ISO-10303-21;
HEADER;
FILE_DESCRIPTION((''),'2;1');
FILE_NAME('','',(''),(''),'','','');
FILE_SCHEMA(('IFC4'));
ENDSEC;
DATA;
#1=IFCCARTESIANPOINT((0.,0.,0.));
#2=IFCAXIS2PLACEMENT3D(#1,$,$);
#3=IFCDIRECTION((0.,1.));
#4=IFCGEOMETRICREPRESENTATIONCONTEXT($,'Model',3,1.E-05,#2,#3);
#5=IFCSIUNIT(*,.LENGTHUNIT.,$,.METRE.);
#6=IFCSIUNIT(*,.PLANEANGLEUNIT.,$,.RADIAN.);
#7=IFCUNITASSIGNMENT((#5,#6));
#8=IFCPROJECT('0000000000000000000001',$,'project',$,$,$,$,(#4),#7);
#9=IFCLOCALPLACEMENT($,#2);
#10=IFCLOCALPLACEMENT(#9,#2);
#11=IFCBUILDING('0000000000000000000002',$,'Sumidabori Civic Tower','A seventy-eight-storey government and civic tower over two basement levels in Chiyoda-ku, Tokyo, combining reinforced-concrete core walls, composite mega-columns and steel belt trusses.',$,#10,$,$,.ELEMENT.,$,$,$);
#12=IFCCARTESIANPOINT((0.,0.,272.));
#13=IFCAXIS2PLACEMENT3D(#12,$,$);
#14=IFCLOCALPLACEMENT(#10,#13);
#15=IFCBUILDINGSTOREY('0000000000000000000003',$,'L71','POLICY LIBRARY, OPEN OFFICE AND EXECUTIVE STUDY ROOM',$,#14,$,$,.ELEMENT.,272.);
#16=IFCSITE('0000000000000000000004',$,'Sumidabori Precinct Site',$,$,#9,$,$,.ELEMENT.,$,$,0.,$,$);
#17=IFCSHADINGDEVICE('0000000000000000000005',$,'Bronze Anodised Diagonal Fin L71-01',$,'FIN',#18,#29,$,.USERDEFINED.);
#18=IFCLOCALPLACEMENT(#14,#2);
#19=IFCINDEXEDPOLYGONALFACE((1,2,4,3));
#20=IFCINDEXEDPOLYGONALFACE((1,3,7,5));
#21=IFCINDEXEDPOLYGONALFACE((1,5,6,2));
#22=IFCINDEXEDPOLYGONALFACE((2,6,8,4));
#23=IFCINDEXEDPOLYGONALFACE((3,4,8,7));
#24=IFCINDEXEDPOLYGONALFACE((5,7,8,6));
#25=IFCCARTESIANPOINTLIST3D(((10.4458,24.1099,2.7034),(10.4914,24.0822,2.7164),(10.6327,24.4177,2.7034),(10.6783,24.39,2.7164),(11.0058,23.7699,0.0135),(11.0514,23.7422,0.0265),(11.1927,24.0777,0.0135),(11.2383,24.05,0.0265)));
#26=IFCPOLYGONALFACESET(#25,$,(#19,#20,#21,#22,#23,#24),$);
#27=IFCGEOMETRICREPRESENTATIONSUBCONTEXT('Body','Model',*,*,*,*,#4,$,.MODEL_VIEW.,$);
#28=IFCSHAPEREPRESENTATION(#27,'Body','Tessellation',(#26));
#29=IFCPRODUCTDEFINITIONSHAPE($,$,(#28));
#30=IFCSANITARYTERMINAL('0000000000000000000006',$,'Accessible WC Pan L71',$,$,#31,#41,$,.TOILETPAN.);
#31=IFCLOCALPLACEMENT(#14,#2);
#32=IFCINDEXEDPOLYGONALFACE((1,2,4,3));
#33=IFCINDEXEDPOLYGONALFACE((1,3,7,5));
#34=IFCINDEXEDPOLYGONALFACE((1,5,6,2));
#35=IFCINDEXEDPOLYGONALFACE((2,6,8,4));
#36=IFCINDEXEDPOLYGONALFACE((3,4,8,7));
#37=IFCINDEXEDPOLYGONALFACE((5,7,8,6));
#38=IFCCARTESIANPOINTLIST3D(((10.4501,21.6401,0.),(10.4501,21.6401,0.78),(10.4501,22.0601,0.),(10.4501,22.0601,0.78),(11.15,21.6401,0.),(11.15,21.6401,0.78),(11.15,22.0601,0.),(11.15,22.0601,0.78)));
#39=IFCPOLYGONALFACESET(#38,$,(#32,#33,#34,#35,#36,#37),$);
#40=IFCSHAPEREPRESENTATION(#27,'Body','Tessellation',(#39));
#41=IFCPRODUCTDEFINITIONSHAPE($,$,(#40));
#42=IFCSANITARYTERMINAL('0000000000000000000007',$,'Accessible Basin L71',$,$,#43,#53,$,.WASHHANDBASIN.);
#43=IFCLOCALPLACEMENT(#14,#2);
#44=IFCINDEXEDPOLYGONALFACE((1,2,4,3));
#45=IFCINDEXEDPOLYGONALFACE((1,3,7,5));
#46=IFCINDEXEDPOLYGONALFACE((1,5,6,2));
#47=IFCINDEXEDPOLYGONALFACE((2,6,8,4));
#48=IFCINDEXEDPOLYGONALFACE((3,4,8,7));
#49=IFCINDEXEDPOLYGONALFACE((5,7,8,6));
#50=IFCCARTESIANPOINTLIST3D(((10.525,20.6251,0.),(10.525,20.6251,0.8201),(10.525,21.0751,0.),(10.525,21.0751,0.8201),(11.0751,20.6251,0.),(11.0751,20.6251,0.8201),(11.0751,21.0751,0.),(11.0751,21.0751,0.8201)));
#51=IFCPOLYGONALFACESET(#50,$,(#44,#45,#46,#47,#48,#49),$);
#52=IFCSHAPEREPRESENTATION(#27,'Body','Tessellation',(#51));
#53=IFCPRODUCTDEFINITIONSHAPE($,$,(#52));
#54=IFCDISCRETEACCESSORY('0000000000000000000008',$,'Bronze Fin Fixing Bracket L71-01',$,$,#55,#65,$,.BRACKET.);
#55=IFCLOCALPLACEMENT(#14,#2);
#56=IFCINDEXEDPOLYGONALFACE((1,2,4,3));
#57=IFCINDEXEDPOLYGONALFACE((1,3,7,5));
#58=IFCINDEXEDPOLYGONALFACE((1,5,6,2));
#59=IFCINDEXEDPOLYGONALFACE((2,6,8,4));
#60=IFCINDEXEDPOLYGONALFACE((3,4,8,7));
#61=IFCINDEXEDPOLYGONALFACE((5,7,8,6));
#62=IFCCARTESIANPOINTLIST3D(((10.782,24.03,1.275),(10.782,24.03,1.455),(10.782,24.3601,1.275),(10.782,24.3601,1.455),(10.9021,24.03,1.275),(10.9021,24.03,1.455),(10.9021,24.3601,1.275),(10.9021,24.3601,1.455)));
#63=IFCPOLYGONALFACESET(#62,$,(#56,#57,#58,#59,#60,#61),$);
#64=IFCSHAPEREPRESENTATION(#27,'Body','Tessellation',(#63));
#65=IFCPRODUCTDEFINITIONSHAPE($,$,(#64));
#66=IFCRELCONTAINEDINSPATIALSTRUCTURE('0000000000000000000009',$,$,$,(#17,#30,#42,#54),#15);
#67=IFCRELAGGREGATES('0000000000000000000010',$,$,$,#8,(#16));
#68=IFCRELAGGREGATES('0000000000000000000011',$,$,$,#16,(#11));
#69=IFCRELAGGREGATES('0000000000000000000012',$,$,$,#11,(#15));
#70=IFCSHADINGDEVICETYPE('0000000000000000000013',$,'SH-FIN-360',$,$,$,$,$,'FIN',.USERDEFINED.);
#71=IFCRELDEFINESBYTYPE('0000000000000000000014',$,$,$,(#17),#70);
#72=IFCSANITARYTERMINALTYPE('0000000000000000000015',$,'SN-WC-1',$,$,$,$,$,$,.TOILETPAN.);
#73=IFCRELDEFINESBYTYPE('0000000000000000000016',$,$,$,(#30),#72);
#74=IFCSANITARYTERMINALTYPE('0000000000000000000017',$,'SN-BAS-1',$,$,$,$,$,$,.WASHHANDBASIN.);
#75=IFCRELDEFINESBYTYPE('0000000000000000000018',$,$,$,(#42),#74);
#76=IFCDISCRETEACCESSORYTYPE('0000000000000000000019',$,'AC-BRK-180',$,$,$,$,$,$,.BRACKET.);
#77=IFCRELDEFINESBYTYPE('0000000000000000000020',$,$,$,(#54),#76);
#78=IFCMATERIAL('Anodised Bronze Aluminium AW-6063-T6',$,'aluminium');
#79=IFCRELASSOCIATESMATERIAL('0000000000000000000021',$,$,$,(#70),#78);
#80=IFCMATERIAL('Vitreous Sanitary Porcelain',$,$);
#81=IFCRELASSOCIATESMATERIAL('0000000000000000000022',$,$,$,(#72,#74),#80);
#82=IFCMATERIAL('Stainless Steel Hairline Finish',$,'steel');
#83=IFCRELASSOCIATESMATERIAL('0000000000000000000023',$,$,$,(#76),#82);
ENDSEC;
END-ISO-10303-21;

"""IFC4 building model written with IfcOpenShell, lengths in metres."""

from ifc_helpers import new_model, si_unit, direction, frame, origin, origin_2d, place, context, subcontext, project, spatial, rectangle, extrude, source, transform, mapped, material, material_profile, profile_set, type_object, element, save


model = new_model("IFC4")

# Units and contexts
model_context = context("Model", 3, precision=1e-05, world=origin(), true_north=direction((0.0, 1.0)))
body_context = subcontext(model_context, "Body", "Model", "MODEL_VIEW")
ifc_project = project(units=[si_unit("LENGTHUNIT", "METRE"), si_unit("PLANEANGLEUNIT", "RADIAN")], contexts=[model_context])

# Site, building, storey
site_placement = place(None, origin())
site = spatial("IfcSite", under=ifc_project, at=site_placement, Name="Sumidabori Precinct Site", CompositionType="ELEMENT", RefElevation=0.0)
building_placement = place(site_placement, origin())
building = spatial("IfcBuilding", under=site, at=building_placement, Name="Sumidabori Civic Tower", Description="A seventy-eight-storey government and civic tower over two basement levels in Chiyoda-ku, Tokyo, combining reinforced-concrete core walls, composite mega-columns and steel belt trusses.", CompositionType="ELEMENT")
storey_placement = place(building_placement, frame((0.0, 0.0, 272.0)))
storey = spatial("IfcBuildingStorey", under=building, at=storey_placement, Name="L71", Description="POLICY LIBRARY, OPEN OFFICE AND EXECUTIVE STUDY ROOM", CompositionType="ELEMENT", Elevation=272.0)

# Shared definitions
ifc_material_1 = material(Name="Anodised Bronze Aluminium AW-6063-T6", Category="aluminium")

# Shared definitions
ifc_material_2 = material(Name="Stainless Steel Hairline Finish", Category="steel")

# Shading device
ifc_material_profile_1 = material_profile(ifc_material_1, rectangle(XDim=0.0549, YDim=0.3601, at=origin_2d()), Name="BRONZE FIN 360x55")
ifc_profile_set_1 = profile_set([ifc_material_profile_1], Name="Anodised Bronze Aluminium AW-6063-T6")
shading_device_type = type_object("IfcShadingDeviceType", Name="SH-FIN-360", ElementType="FIN", PredefinedType="USERDEFINED", material=ifc_profile_set_1)
shared_shape_1 = source(origin(), body_context, "Body", "SweptSolid", [
    extrude(rectangle(XDim=0.0549, YDim=0.3601, at=origin_2d()), origin(), (0.0, 0.0, 1.0), 2.7686),
])
shading_device_placement = place(storey_placement, frame((11.1221, 23.9099, 0.02), z_axis=(-0.20229, 0.122838, 0.971591), x_axis=(0.83047, -0.504291, 0.236665)))
element("IfcShadingDevice", 1, at=shading_device_placement, inside=storey, type_object=shading_device_type, Name="Bronze Anodised Diagonal Fin L71-01", ObjectType="FIN", PredefinedType="USERDEFINED", context=body_context, shape_type="MappedRepresentation", body=[
    mapped(shared_shape_1, transform((0.0, 0.0, 0.0), x_axis=(1.0, 0.0, 0.0), y_axis=(0.0, 1.0, 0.0), z_axis=(0.0, 0.0, 1.0), scale=1.0)),
])

# Sanitary terminals
ifc_material_3 = material(Name="Vitreous Sanitary Porcelain")
sanitary_terminal_type_1 = type_object("IfcSanitaryTerminalType", Name="SN-WC-1", PredefinedType="TOILETPAN", material=ifc_material_3)
shared_shape_2 = source(origin(), body_context, "Body", "SweptSolid", [
    extrude(rectangle(XDim=0.7, YDim=0.4199, at=origin_2d()), origin(), (0.0, 0.0, 1.0), 0.78),
])
sanitary_terminal_1_placement = place(storey_placement, frame((10.8, 21.8501, 0.0), z_axis=(0.0, 0.0, 1.0), x_axis=(1.0, 0.0, 0.0)))
element("IfcSanitaryTerminal", 2, at=sanitary_terminal_1_placement, inside=storey, type_object=sanitary_terminal_type_1, Name="Accessible WC Pan L71", PredefinedType="TOILETPAN", context=body_context, shape_type="MappedRepresentation", body=[
    mapped(shared_shape_2, transform((0.0, 0.0, 0.0), x_axis=(1.0, 0.0, 0.0), y_axis=(0.0, 1.0, 0.0), z_axis=(0.0, 0.0, 1.0), scale=1.0)),
])
sanitary_terminal_type_2 = type_object("IfcSanitaryTerminalType", Name="SN-BAS-1", PredefinedType="WASHHANDBASIN", material=ifc_material_3)
shared_shape_3 = source(origin(), body_context, "Body", "SweptSolid", [
    extrude(rectangle(XDim=0.55, YDim=0.45, at=origin_2d()), origin(), (0.0, 0.0, 1.0), 0.8201),
])
sanitary_terminal_2_placement = place(storey_placement, frame((10.8, 20.8501, 0.0), z_axis=(0.0, 0.0, 1.0), x_axis=(1.0, 0.0, 0.0)))
element("IfcSanitaryTerminal", 3, at=sanitary_terminal_2_placement, inside=storey, type_object=sanitary_terminal_type_2, Name="Accessible Basin L71", PredefinedType="WASHHANDBASIN", context=body_context, shape_type="MappedRepresentation", body=[
    mapped(shared_shape_3, transform((0.0, 0.0, 0.0), x_axis=(1.0, 0.0, 0.0), y_axis=(0.0, 1.0, 0.0), z_axis=(0.0, 0.0, 1.0), scale=1.0)),
])

# Discrete accessory
ifc_material_profile_2 = material_profile(ifc_material_2, rectangle(XDim=0.1201, YDim=0.1799, at=origin_2d()), Name="STEEL BRACKET 180x120")
ifc_profile_set_2 = profile_set([ifc_material_profile_2], Name="Stainless Steel Hairline Finish")
discrete_accessory_type = type_object("IfcDiscreteAccessoryType", Name="AC-BRK-180", PredefinedType="BRACKET", material=ifc_profile_set_2)
shared_shape_4 = source(origin(), body_context, "Body", "SweptSolid", [
    extrude(rectangle(XDim=0.1201, YDim=0.1799, at=origin_2d()), origin(), (0.0, 0.0, 1.0), 0.3301),
])
discrete_accessory_placement = place(storey_placement, frame((10.842, 24.03, 1.365), z_axis=(0.0, 1.0, 0.0), x_axis=(-1.0, 0.0, 0.0)))
element("IfcDiscreteAccessory", 4, at=discrete_accessory_placement, inside=storey, type_object=discrete_accessory_type, Name="Bronze Fin Fixing Bracket L71-01", PredefinedType="BRACKET", context=body_context, shape_type="MappedRepresentation", body=[
    mapped(shared_shape_4, transform((0.0, 0.0, 0.0), x_axis=(1.0, 0.0, 0.0), y_axis=(0.0, 1.0, 0.0), z_axis=(0.0, 0.0, 1.0), scale=1.0)),
])

save(model, "model.ifc")
